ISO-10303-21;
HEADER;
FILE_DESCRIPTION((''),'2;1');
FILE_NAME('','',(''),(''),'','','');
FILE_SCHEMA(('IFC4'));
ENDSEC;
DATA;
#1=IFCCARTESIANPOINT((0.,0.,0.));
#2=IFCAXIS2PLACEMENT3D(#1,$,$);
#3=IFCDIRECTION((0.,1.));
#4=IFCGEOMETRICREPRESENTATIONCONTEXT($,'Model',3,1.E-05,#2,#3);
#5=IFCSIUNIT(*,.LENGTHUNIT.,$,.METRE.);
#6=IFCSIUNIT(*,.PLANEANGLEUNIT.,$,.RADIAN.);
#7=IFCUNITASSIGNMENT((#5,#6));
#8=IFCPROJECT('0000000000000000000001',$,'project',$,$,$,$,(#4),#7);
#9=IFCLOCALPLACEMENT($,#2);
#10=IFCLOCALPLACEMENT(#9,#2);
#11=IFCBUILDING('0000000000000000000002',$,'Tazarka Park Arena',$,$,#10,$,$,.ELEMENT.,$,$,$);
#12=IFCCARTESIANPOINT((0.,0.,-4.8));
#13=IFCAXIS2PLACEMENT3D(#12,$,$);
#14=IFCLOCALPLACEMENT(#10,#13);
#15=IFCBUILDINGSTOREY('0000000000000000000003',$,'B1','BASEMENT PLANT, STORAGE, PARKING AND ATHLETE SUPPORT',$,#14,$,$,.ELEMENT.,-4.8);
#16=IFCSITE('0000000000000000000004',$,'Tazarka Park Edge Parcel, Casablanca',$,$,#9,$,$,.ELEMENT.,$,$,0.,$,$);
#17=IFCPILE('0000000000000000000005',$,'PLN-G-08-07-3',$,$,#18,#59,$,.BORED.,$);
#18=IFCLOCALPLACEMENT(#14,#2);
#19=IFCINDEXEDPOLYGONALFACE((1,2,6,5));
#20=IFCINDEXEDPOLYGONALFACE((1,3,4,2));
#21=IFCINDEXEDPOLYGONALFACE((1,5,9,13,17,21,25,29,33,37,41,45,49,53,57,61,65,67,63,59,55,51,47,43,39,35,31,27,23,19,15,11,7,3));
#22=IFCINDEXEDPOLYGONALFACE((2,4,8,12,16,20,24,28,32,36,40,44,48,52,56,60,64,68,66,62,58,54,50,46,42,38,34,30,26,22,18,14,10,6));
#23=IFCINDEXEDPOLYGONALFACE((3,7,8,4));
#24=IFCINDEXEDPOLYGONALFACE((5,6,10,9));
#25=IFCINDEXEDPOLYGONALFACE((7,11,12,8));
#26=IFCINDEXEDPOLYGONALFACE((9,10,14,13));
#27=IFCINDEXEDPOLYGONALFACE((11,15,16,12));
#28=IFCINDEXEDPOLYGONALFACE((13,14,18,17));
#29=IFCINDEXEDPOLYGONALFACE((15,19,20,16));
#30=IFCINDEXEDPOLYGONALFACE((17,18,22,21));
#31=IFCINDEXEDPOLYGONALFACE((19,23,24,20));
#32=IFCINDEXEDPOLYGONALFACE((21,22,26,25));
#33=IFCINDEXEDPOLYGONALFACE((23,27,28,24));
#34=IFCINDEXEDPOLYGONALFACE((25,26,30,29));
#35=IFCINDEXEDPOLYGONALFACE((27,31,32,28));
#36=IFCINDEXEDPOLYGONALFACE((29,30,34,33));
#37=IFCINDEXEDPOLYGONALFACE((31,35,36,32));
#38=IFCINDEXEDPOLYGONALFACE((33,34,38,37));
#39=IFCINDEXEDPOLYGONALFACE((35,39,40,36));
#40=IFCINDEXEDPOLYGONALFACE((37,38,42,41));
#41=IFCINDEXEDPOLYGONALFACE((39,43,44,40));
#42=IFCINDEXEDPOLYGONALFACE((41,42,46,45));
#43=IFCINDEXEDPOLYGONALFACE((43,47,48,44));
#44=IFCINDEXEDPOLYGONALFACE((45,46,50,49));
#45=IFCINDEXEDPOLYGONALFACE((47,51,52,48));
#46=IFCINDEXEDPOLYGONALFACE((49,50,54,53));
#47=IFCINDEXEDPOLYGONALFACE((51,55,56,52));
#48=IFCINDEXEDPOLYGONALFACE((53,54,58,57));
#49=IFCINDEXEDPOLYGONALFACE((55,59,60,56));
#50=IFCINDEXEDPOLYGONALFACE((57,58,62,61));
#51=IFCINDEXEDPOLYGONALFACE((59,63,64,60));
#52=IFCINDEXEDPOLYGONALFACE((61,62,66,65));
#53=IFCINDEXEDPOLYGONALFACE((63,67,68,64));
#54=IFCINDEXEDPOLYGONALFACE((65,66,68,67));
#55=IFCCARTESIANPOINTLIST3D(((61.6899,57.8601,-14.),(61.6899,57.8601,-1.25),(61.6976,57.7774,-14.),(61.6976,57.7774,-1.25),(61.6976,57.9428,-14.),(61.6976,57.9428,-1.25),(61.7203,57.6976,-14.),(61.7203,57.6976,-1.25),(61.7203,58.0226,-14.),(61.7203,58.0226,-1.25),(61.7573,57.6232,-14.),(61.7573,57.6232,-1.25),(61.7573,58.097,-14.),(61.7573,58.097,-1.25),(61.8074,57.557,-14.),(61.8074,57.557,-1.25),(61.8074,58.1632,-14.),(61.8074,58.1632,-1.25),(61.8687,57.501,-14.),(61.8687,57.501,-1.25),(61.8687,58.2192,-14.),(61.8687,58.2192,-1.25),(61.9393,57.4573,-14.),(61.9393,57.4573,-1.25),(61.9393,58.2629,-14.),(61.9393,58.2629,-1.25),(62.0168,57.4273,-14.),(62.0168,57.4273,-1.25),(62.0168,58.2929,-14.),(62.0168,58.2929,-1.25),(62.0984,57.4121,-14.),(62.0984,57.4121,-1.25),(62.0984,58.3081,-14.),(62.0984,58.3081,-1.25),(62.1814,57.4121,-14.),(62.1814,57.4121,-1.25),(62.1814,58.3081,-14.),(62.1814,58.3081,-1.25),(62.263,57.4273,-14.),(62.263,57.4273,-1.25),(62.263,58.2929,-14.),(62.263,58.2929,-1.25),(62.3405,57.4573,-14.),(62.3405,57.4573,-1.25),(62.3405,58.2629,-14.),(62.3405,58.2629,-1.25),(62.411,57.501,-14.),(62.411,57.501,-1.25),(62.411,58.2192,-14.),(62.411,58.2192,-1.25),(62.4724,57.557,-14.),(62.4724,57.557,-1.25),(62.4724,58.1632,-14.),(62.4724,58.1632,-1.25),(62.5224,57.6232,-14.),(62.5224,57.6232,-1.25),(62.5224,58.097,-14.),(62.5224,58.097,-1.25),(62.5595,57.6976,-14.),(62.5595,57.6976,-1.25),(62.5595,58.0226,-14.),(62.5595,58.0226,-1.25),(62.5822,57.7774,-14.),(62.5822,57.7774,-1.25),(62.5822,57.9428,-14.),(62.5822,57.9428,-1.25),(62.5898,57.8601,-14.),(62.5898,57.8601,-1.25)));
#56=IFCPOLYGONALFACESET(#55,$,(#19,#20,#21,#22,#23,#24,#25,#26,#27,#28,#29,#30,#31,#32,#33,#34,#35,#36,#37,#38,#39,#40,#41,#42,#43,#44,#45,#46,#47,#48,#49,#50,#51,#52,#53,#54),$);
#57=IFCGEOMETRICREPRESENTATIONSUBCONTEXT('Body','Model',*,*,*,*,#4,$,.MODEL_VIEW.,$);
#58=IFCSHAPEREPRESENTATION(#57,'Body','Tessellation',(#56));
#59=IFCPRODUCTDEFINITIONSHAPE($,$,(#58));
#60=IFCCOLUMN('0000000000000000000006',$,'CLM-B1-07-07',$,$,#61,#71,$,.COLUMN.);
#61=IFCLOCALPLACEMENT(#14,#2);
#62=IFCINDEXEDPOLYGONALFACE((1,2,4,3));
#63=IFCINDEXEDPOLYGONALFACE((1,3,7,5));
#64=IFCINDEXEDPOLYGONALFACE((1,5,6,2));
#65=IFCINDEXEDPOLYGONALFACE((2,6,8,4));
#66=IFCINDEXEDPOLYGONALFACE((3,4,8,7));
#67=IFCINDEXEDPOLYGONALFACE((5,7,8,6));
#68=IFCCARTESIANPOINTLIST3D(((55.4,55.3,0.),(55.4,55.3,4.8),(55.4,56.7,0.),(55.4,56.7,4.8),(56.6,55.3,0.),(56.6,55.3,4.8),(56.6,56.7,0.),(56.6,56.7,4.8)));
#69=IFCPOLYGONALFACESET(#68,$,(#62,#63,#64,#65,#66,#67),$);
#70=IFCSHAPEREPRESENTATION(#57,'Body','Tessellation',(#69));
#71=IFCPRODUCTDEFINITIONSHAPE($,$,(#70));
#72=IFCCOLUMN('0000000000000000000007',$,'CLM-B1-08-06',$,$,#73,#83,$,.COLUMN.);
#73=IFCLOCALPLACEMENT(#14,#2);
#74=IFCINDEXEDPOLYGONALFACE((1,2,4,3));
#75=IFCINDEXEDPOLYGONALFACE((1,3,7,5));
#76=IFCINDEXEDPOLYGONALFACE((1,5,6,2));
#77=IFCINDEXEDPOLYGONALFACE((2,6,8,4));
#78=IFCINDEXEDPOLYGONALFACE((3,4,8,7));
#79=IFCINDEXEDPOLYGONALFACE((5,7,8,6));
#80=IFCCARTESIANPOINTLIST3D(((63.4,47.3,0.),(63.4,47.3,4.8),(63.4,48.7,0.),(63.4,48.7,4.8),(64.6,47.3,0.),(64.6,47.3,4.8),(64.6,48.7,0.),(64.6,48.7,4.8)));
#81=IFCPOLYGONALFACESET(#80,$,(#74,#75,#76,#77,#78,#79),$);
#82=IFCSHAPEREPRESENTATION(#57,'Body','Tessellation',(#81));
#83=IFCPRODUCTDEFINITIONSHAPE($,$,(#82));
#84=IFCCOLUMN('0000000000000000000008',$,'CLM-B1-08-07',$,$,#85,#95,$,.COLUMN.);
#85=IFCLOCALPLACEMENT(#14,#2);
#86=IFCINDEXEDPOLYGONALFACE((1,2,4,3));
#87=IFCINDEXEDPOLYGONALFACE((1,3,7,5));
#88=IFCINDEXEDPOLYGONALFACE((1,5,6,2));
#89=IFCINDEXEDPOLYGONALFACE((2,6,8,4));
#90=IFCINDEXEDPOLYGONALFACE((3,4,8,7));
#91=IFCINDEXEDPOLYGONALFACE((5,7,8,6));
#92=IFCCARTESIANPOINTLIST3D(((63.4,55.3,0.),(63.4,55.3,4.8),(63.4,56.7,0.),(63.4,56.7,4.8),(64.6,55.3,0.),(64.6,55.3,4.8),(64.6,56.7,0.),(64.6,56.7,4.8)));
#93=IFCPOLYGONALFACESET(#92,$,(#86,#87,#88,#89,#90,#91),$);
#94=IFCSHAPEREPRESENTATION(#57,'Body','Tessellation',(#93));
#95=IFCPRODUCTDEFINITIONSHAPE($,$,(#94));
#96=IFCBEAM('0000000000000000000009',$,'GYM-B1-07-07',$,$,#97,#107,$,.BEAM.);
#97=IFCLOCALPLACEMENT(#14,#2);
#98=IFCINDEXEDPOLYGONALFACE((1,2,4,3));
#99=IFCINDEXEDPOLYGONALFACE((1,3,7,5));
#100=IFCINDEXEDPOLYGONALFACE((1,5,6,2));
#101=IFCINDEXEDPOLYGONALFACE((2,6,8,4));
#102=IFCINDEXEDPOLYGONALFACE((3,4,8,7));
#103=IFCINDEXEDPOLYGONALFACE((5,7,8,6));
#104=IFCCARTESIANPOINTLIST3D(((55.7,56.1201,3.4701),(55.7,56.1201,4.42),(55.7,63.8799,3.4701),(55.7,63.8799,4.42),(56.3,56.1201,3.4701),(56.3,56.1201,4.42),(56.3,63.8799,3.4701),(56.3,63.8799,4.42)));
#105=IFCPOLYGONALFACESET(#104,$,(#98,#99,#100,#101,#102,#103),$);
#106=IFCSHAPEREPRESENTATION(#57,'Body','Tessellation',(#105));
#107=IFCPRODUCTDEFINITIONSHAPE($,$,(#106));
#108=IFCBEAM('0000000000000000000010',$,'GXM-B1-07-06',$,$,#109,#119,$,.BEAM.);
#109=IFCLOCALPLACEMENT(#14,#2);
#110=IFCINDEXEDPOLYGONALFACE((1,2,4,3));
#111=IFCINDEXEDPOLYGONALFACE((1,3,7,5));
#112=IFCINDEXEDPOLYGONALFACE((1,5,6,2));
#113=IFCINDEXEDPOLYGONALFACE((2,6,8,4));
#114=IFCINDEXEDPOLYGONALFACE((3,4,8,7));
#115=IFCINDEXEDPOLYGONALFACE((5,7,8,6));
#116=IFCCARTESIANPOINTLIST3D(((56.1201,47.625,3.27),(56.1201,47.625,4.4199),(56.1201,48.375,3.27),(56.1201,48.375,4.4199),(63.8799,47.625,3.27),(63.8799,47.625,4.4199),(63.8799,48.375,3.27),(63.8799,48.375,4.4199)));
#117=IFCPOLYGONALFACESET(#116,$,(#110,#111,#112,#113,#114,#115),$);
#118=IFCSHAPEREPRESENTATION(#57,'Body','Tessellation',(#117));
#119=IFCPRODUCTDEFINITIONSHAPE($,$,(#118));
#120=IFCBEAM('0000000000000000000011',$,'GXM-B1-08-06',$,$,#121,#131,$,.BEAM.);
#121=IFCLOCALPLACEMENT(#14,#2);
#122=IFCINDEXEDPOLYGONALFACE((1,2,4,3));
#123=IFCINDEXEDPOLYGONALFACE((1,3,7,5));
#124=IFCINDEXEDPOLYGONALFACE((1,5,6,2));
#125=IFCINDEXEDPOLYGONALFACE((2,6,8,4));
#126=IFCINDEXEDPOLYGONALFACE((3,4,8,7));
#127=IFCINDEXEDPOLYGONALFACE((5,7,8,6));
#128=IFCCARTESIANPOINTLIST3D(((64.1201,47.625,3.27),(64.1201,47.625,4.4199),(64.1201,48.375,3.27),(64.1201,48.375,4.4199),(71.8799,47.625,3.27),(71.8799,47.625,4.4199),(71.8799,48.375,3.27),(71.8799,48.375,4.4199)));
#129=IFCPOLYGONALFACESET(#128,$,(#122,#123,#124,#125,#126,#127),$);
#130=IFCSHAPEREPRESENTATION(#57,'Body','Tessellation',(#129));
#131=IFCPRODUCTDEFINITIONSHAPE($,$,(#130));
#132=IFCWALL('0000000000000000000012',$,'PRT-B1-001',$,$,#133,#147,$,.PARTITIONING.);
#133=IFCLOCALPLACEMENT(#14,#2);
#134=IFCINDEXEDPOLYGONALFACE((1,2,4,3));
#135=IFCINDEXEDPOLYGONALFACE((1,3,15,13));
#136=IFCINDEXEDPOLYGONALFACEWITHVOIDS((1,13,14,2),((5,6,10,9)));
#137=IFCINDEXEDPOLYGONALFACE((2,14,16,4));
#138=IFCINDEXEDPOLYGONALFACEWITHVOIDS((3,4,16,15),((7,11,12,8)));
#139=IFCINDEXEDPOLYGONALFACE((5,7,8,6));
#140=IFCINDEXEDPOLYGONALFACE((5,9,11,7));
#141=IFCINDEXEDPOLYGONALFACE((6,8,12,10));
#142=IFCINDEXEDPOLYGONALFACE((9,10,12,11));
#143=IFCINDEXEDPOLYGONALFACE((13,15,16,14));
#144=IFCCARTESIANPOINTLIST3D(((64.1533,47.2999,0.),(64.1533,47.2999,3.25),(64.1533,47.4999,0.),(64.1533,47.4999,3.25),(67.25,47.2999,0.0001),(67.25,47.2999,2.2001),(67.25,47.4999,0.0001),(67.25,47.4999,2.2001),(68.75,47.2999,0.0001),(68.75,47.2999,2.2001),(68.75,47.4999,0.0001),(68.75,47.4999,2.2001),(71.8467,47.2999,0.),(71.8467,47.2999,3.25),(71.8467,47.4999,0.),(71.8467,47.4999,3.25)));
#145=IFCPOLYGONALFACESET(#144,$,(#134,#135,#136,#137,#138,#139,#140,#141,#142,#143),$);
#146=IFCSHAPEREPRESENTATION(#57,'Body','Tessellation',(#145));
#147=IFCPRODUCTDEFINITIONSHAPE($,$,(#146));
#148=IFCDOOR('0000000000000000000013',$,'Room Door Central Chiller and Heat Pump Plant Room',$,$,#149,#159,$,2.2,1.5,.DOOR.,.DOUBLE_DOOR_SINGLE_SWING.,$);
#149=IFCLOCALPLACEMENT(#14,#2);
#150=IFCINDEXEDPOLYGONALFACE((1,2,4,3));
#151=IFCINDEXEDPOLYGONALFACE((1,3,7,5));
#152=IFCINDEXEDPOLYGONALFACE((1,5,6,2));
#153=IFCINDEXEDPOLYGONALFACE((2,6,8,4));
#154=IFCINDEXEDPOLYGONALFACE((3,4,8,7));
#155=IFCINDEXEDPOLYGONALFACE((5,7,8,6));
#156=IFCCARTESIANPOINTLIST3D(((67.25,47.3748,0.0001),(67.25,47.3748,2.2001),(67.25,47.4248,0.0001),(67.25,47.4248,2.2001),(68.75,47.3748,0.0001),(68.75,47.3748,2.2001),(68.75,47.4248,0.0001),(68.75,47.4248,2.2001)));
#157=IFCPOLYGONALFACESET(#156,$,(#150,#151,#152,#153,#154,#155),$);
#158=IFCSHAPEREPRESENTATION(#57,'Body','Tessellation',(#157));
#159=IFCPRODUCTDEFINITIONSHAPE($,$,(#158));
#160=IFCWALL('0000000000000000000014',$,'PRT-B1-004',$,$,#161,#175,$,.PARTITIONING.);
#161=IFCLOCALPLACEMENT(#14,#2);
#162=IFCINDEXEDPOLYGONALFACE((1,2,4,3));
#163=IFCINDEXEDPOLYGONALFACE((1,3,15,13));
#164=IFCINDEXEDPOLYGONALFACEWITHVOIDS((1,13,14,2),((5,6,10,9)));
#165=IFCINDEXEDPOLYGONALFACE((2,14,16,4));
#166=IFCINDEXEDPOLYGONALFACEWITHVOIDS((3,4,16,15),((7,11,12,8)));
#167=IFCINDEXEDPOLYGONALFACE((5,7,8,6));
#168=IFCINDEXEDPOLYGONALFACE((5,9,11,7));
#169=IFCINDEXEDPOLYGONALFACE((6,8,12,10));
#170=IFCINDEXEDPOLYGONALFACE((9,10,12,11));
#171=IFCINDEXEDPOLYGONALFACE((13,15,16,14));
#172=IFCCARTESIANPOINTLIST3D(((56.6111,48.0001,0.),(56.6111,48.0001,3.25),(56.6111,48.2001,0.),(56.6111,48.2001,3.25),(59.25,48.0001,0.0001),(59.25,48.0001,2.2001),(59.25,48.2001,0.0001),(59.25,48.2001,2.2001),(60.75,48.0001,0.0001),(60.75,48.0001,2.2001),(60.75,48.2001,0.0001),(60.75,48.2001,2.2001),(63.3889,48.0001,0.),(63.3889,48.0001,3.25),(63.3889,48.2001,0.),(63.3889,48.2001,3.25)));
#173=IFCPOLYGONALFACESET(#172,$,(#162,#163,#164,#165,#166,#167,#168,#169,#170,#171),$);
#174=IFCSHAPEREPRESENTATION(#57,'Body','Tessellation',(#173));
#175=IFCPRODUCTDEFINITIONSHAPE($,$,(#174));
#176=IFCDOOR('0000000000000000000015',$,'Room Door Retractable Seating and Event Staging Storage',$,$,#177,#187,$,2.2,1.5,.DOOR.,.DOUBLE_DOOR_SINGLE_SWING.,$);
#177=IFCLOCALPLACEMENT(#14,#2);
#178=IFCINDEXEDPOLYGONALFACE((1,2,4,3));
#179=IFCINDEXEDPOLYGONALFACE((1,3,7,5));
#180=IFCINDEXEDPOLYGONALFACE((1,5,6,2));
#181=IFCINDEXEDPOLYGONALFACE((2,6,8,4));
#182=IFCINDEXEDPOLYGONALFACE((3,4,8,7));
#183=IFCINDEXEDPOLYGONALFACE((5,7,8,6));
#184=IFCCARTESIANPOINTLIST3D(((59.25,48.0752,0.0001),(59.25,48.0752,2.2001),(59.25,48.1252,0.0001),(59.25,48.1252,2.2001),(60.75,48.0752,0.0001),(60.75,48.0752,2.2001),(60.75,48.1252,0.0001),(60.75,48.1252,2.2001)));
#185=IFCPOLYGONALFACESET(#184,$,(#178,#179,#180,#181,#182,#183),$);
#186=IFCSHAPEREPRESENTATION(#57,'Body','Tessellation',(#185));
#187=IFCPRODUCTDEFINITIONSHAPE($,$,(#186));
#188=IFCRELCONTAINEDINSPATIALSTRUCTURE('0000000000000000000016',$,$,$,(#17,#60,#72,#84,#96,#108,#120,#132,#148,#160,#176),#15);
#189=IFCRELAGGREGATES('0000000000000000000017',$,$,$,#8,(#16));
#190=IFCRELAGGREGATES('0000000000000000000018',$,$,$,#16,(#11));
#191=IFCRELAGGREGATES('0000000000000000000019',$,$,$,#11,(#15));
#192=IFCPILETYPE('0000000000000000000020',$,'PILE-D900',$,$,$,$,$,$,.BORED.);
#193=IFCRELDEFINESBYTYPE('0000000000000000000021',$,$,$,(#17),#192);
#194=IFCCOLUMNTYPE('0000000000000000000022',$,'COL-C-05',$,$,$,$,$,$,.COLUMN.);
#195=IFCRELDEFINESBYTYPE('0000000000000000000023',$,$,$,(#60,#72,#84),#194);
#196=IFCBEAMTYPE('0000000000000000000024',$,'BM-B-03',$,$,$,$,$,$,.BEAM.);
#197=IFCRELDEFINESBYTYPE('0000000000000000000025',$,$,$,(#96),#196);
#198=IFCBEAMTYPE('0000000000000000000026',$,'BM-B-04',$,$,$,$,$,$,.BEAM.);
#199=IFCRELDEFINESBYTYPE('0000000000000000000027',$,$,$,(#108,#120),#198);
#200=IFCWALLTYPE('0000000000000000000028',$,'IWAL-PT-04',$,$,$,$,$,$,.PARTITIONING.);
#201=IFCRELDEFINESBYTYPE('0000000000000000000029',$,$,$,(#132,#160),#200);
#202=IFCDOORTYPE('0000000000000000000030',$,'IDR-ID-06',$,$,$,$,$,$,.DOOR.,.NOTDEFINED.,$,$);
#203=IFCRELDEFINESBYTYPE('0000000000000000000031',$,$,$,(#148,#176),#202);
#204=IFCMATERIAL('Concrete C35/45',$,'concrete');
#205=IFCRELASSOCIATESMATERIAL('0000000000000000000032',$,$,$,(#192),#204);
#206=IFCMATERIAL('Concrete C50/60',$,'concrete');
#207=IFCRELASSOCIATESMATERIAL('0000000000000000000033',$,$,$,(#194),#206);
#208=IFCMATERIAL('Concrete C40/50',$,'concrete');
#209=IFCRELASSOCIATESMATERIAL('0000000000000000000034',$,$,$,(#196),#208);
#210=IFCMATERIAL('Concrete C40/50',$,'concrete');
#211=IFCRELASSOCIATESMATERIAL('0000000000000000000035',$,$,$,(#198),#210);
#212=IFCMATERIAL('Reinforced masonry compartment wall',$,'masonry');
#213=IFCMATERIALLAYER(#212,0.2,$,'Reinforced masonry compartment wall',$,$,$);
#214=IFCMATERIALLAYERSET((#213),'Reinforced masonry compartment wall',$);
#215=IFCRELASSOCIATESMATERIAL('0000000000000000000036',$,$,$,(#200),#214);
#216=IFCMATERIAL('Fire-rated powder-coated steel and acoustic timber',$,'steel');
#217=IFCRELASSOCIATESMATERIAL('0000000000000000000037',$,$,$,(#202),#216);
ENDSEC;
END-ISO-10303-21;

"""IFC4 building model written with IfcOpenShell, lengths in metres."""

from ifc_helpers import new_model, si_unit, direction, frame, frame_2d, origin, origin_2d, place, context, subcontext, project, spatial, rectangle, circle, extrude, material, layer, layer_set, material_profile, profile_set, type_object, element, fill, save


model = new_model("IFC4")

# Units and contexts
model_context = context("Model", 3, precision=1e-05, world=origin(), true_north=direction((0.0, 1.0)))
body_context = subcontext(model_context, "Body", "Model", "MODEL_VIEW")
ifc_project = project(units=[si_unit("LENGTHUNIT", "METRE"), si_unit("PLANEANGLEUNIT", "RADIAN")], contexts=[model_context])

# Site, building, storey
site_placement = place(None, origin())
site = spatial("IfcSite", under=ifc_project, at=site_placement, Name="Tazarka Park Edge Parcel, Casablanca", CompositionType="ELEMENT", RefElevation=0.0)
building_placement = place(site_placement, origin())
building = spatial("IfcBuilding", under=site, at=building_placement, Name="Tazarka Park Arena", CompositionType="ELEMENT")
storey_placement = place(building_placement, frame((0.0, 0.0, -4.8)))
storey = spatial("IfcBuildingStorey", under=building, at=storey_placement, Name="B1", Description="BASEMENT PLANT, STORAGE, PARKING AND ATHLETE SUPPORT", CompositionType="ELEMENT", Elevation=-4.8)

# Pile
ifc_material_1 = material(Name="Concrete C35/45", Category="concrete")
ifc_material_profile_1 = material_profile(ifc_material_1, circle(Radius=0.45, at=origin_2d()), Name="Concrete C35/45")
ifc_profile_set_1 = profile_set([ifc_material_profile_1], Name="Concrete C35/45")
pile_type_1 = type_object("IfcPileType", Name="PILE-D900", PredefinedType="BORED", material=ifc_profile_set_1)
for number, where, z_axis, x_axis, name in (
    (1, (62.1399, 57.8601, -1.25), (0.0, 0.0, -1.0), (1.0, 0.0, 0.0), "PLN-G-08-07-3"),
):
    element("IfcPile", number, at=place(storey_placement, frame(where, z_axis=z_axis, x_axis=x_axis)), inside=storey, type_object=pile_type_1, Name=name, PredefinedType="BORED", context=body_context, shape_type="SweptSolid", body=[
        extrude(circle(Radius=0.45, at=origin_2d()), origin(), (0.0, 0.0, 1.0), 12.75),
    ])

# Columns
ifc_material_2 = material(Name="Concrete C50/60", Category="concrete")
ifc_material_profile_2 = material_profile(ifc_material_2, rectangle(XDim=1.2, YDim=1.3999, at=origin_2d()), Name="Concrete C50/60")
ifc_profile_set_2 = profile_set([ifc_material_profile_2], Name="Concrete C50/60")
column_type = type_object("IfcColumnType", Name="COL-C-05", PredefinedType="COLUMN", material=ifc_profile_set_2)
for number, where, z_axis, x_axis, name in (
    (2, (56.0, 56.0, 0.0), (0.0, 0.0, 1.0), (1.0, 0.0, 0.0), "CLM-B1-07-07"),
    (3, (64.0, 48.0, 0.0), (0.0, 0.0, 1.0), (1.0, 0.0, 0.0), "CLM-B1-08-06"),
    (4, (64.0, 56.0, 0.0), (0.0, 0.0, 1.0), (1.0, 0.0, 0.0), "CLM-B1-08-07"),
):
    element("IfcColumn", number, at=place(storey_placement, frame(where, z_axis=z_axis, x_axis=x_axis)), inside=storey, type_object=column_type, Name=name, PredefinedType="COLUMN", context=body_context, shape_type="SweptSolid", body=[
        extrude(rectangle(XDim=1.2, YDim=1.3999, at=origin_2d()), origin(), (0.0, 0.0, 1.0), 4.8),
    ])

# Beams
ifc_material_3 = material(Name="Concrete C40/50", Category="concrete")
ifc_material_profile_3 = material_profile(ifc_material_3, rectangle(XDim=0.6001, YDim=0.95, at=origin_2d()), Name="Concrete C40/50")
ifc_profile_set_3 = profile_set([ifc_material_profile_3], Name="Concrete C40/50")
beam_type_1 = type_object("IfcBeamType", Name="BM-B-03", PredefinedType="BEAM", material=ifc_profile_set_3)
beam_placement = place(storey_placement, frame((56.0, 56.1201, 3.9451), z_axis=(0.0, 1.0, 0.0), x_axis=(-1.0, 0.0, 0.0)))
element("IfcBeam", 5, at=beam_placement, inside=storey, type_object=beam_type_1, Name="GYM-B1-07-07", PredefinedType="BEAM", context=body_context, shape_type="SweptSolid", body=[
    extrude(rectangle(XDim=0.6001, YDim=0.95, at=origin_2d()), origin(), (0.0, 0.0, 1.0), 7.7598),
])
ifc_material_4 = material(Name="Concrete C40/50", Category="concrete")
ifc_material_profile_4 = material_profile(ifc_material_4, rectangle(XDim=0.75, YDim=1.1499, at=origin_2d()), Name="Concrete C40/50")
ifc_profile_set_4 = profile_set([ifc_material_profile_4], Name="Concrete C40/50")
beam_type_2 = type_object("IfcBeamType", Name="BM-B-04", PredefinedType="BEAM", material=ifc_profile_set_4)
for number, where, z_axis, x_axis, name in (
    (6, (56.1201, 48.0, 3.845), (1.0, 0.0, 0.0), (0.0, 1.0, 0.0), "GXM-B1-07-06"),
    (7, (64.1201, 48.0, 3.845), (1.0, 0.0, 0.0), (0.0, 1.0, 0.0), "GXM-B1-08-06"),
):
    element("IfcBeam", number, at=place(storey_placement, frame(where, z_axis=z_axis, x_axis=x_axis)), inside=storey, type_object=beam_type_2, Name=name, PredefinedType="BEAM", context=body_context, shape_type="SweptSolid", body=[
        extrude(rectangle(XDim=0.75, YDim=1.1499, at=origin_2d()), origin(), (0.0, 0.0, 1.0), 7.7598),
    ])

# Walls, openings, doors
ifc_material_5 = material(Name="Reinforced masonry compartment wall", Category="masonry")
ifc_layer = layer(ifc_material_5, 0.2, Name="Reinforced masonry compartment wall")
ifc_layer_set = layer_set([ifc_layer], Name="Reinforced masonry compartment wall")
wall_type = type_object("IfcWallType", Name="IWAL-PT-04", PredefinedType="PARTITIONING", material=ifc_layer_set)
wall_1_placement = place(storey_placement, frame((64.1533, 47.3999, 0.0), z_axis=(0.0, 0.0, 1.0), x_axis=(1.0, 0.0, 0.0)))
wall_1 = element("IfcWall", 8, at=wall_1_placement, inside=storey, type_object=wall_type, Name="PRT-B1-001", PredefinedType="PARTITIONING", context=body_context, shape_type="SweptSolid", body=[
    extrude(rectangle(XDim=7.6934, YDim=0.2, at=frame_2d((3.8467, 0.0))), origin(), (0.0, 0.0, 1.0), 3.25),
])
opening_1_placement = place(wall_1_placement, frame((3.0967, 0.0, 0.0)))
opening_1 = element("IfcOpeningElement", 9, at=opening_1_placement, cuts=wall_1, PredefinedType="OPENING", context=body_context, shape_type="SweptSolid", body=[
    extrude(rectangle(XDim=1.5, YDim=2.2, at=frame_2d((0.75, 1.1001))), frame((0.0, 0.1099, 0.0), z_axis=(0.0, -1.0, 0.0), x_axis=(1.0, 0.0, 0.0)), (0.0, 0.0, 1.0), 0.22),
])
ifc_material_6 = material(Name="Fire-rated powder-coated steel and acoustic timber", Category="steel")
door_type = type_object("IfcDoorType", Name="IDR-ID-06", OperationType="NOTDEFINED", PredefinedType="DOOR", material=ifc_material_6)
door_1_placement = place(opening_1_placement, origin())
door_1 = element("IfcDoor", 10, at=door_1_placement, inside=storey, type_object=door_type, Name="Room Door Central Chiller and Heat Pump Plant Room", OperationType="DOUBLE_DOOR_SINGLE_SWING", OverallHeight=2.2, OverallWidth=1.5, PredefinedType="DOOR", context=body_context, shape_type="SweptSolid", body=[
    extrude(rectangle(XDim=1.5, YDim=2.2, at=frame_2d((0.75, 1.1001))), frame((0.0, 0.0249, 0.0), z_axis=(0.0, -1.0, 0.0), x_axis=(1.0, 0.0, 0.0)), (0.0, 0.0, 1.0), 0.05),
])
fill(opening_1, door_1)
wall_2_placement = place(storey_placement, frame((63.3889, 48.1001, 0.0), z_axis=(0.0, 0.0, 1.0), x_axis=(-1.0, 0.0, 0.0)))
wall_2 = element("IfcWall", 11, at=wall_2_placement, inside=storey, type_object=wall_type, Name="PRT-B1-004", PredefinedType="PARTITIONING", context=body_context, shape_type="SweptSolid", body=[
    extrude(rectangle(XDim=6.7778, YDim=0.2, at=frame_2d((3.3889, 0.0))), origin(), (0.0, 0.0, 1.0), 3.25),
])
opening_2_placement = place(wall_2_placement, frame((2.6389, 0.0, 0.0)))
opening_2 = element("IfcOpeningElement", 12, at=opening_2_placement, cuts=wall_2, PredefinedType="OPENING", context=body_context, shape_type="SweptSolid", body=[
    extrude(rectangle(XDim=1.5, YDim=2.2, at=frame_2d((0.75, 1.1001))), frame((0.0, 0.1099, 0.0), z_axis=(0.0, -1.0, 0.0), x_axis=(1.0, 0.0, 0.0)), (0.0, 0.0, 1.0), 0.22),
])
door_2_placement = place(opening_2_placement, origin())
door_2 = element("IfcDoor", 13, at=door_2_placement, inside=storey, type_object=door_type, Name="Room Door Retractable Seating and Event Staging Storage", OperationType="DOUBLE_DOOR_SINGLE_SWING", OverallHeight=2.2, OverallWidth=1.5, PredefinedType="DOOR", context=body_context, shape_type="SweptSolid", body=[
    extrude(rectangle(XDim=1.5, YDim=2.2, at=frame_2d((0.75, 1.1001))), frame((0.0, 0.0249, 0.0), z_axis=(0.0, -1.0, 0.0), x_axis=(1.0, 0.0, 0.0)), (0.0, 0.0, 1.0), 0.05),
])
fill(opening_2, door_2)

save(model, "model.ifc")
